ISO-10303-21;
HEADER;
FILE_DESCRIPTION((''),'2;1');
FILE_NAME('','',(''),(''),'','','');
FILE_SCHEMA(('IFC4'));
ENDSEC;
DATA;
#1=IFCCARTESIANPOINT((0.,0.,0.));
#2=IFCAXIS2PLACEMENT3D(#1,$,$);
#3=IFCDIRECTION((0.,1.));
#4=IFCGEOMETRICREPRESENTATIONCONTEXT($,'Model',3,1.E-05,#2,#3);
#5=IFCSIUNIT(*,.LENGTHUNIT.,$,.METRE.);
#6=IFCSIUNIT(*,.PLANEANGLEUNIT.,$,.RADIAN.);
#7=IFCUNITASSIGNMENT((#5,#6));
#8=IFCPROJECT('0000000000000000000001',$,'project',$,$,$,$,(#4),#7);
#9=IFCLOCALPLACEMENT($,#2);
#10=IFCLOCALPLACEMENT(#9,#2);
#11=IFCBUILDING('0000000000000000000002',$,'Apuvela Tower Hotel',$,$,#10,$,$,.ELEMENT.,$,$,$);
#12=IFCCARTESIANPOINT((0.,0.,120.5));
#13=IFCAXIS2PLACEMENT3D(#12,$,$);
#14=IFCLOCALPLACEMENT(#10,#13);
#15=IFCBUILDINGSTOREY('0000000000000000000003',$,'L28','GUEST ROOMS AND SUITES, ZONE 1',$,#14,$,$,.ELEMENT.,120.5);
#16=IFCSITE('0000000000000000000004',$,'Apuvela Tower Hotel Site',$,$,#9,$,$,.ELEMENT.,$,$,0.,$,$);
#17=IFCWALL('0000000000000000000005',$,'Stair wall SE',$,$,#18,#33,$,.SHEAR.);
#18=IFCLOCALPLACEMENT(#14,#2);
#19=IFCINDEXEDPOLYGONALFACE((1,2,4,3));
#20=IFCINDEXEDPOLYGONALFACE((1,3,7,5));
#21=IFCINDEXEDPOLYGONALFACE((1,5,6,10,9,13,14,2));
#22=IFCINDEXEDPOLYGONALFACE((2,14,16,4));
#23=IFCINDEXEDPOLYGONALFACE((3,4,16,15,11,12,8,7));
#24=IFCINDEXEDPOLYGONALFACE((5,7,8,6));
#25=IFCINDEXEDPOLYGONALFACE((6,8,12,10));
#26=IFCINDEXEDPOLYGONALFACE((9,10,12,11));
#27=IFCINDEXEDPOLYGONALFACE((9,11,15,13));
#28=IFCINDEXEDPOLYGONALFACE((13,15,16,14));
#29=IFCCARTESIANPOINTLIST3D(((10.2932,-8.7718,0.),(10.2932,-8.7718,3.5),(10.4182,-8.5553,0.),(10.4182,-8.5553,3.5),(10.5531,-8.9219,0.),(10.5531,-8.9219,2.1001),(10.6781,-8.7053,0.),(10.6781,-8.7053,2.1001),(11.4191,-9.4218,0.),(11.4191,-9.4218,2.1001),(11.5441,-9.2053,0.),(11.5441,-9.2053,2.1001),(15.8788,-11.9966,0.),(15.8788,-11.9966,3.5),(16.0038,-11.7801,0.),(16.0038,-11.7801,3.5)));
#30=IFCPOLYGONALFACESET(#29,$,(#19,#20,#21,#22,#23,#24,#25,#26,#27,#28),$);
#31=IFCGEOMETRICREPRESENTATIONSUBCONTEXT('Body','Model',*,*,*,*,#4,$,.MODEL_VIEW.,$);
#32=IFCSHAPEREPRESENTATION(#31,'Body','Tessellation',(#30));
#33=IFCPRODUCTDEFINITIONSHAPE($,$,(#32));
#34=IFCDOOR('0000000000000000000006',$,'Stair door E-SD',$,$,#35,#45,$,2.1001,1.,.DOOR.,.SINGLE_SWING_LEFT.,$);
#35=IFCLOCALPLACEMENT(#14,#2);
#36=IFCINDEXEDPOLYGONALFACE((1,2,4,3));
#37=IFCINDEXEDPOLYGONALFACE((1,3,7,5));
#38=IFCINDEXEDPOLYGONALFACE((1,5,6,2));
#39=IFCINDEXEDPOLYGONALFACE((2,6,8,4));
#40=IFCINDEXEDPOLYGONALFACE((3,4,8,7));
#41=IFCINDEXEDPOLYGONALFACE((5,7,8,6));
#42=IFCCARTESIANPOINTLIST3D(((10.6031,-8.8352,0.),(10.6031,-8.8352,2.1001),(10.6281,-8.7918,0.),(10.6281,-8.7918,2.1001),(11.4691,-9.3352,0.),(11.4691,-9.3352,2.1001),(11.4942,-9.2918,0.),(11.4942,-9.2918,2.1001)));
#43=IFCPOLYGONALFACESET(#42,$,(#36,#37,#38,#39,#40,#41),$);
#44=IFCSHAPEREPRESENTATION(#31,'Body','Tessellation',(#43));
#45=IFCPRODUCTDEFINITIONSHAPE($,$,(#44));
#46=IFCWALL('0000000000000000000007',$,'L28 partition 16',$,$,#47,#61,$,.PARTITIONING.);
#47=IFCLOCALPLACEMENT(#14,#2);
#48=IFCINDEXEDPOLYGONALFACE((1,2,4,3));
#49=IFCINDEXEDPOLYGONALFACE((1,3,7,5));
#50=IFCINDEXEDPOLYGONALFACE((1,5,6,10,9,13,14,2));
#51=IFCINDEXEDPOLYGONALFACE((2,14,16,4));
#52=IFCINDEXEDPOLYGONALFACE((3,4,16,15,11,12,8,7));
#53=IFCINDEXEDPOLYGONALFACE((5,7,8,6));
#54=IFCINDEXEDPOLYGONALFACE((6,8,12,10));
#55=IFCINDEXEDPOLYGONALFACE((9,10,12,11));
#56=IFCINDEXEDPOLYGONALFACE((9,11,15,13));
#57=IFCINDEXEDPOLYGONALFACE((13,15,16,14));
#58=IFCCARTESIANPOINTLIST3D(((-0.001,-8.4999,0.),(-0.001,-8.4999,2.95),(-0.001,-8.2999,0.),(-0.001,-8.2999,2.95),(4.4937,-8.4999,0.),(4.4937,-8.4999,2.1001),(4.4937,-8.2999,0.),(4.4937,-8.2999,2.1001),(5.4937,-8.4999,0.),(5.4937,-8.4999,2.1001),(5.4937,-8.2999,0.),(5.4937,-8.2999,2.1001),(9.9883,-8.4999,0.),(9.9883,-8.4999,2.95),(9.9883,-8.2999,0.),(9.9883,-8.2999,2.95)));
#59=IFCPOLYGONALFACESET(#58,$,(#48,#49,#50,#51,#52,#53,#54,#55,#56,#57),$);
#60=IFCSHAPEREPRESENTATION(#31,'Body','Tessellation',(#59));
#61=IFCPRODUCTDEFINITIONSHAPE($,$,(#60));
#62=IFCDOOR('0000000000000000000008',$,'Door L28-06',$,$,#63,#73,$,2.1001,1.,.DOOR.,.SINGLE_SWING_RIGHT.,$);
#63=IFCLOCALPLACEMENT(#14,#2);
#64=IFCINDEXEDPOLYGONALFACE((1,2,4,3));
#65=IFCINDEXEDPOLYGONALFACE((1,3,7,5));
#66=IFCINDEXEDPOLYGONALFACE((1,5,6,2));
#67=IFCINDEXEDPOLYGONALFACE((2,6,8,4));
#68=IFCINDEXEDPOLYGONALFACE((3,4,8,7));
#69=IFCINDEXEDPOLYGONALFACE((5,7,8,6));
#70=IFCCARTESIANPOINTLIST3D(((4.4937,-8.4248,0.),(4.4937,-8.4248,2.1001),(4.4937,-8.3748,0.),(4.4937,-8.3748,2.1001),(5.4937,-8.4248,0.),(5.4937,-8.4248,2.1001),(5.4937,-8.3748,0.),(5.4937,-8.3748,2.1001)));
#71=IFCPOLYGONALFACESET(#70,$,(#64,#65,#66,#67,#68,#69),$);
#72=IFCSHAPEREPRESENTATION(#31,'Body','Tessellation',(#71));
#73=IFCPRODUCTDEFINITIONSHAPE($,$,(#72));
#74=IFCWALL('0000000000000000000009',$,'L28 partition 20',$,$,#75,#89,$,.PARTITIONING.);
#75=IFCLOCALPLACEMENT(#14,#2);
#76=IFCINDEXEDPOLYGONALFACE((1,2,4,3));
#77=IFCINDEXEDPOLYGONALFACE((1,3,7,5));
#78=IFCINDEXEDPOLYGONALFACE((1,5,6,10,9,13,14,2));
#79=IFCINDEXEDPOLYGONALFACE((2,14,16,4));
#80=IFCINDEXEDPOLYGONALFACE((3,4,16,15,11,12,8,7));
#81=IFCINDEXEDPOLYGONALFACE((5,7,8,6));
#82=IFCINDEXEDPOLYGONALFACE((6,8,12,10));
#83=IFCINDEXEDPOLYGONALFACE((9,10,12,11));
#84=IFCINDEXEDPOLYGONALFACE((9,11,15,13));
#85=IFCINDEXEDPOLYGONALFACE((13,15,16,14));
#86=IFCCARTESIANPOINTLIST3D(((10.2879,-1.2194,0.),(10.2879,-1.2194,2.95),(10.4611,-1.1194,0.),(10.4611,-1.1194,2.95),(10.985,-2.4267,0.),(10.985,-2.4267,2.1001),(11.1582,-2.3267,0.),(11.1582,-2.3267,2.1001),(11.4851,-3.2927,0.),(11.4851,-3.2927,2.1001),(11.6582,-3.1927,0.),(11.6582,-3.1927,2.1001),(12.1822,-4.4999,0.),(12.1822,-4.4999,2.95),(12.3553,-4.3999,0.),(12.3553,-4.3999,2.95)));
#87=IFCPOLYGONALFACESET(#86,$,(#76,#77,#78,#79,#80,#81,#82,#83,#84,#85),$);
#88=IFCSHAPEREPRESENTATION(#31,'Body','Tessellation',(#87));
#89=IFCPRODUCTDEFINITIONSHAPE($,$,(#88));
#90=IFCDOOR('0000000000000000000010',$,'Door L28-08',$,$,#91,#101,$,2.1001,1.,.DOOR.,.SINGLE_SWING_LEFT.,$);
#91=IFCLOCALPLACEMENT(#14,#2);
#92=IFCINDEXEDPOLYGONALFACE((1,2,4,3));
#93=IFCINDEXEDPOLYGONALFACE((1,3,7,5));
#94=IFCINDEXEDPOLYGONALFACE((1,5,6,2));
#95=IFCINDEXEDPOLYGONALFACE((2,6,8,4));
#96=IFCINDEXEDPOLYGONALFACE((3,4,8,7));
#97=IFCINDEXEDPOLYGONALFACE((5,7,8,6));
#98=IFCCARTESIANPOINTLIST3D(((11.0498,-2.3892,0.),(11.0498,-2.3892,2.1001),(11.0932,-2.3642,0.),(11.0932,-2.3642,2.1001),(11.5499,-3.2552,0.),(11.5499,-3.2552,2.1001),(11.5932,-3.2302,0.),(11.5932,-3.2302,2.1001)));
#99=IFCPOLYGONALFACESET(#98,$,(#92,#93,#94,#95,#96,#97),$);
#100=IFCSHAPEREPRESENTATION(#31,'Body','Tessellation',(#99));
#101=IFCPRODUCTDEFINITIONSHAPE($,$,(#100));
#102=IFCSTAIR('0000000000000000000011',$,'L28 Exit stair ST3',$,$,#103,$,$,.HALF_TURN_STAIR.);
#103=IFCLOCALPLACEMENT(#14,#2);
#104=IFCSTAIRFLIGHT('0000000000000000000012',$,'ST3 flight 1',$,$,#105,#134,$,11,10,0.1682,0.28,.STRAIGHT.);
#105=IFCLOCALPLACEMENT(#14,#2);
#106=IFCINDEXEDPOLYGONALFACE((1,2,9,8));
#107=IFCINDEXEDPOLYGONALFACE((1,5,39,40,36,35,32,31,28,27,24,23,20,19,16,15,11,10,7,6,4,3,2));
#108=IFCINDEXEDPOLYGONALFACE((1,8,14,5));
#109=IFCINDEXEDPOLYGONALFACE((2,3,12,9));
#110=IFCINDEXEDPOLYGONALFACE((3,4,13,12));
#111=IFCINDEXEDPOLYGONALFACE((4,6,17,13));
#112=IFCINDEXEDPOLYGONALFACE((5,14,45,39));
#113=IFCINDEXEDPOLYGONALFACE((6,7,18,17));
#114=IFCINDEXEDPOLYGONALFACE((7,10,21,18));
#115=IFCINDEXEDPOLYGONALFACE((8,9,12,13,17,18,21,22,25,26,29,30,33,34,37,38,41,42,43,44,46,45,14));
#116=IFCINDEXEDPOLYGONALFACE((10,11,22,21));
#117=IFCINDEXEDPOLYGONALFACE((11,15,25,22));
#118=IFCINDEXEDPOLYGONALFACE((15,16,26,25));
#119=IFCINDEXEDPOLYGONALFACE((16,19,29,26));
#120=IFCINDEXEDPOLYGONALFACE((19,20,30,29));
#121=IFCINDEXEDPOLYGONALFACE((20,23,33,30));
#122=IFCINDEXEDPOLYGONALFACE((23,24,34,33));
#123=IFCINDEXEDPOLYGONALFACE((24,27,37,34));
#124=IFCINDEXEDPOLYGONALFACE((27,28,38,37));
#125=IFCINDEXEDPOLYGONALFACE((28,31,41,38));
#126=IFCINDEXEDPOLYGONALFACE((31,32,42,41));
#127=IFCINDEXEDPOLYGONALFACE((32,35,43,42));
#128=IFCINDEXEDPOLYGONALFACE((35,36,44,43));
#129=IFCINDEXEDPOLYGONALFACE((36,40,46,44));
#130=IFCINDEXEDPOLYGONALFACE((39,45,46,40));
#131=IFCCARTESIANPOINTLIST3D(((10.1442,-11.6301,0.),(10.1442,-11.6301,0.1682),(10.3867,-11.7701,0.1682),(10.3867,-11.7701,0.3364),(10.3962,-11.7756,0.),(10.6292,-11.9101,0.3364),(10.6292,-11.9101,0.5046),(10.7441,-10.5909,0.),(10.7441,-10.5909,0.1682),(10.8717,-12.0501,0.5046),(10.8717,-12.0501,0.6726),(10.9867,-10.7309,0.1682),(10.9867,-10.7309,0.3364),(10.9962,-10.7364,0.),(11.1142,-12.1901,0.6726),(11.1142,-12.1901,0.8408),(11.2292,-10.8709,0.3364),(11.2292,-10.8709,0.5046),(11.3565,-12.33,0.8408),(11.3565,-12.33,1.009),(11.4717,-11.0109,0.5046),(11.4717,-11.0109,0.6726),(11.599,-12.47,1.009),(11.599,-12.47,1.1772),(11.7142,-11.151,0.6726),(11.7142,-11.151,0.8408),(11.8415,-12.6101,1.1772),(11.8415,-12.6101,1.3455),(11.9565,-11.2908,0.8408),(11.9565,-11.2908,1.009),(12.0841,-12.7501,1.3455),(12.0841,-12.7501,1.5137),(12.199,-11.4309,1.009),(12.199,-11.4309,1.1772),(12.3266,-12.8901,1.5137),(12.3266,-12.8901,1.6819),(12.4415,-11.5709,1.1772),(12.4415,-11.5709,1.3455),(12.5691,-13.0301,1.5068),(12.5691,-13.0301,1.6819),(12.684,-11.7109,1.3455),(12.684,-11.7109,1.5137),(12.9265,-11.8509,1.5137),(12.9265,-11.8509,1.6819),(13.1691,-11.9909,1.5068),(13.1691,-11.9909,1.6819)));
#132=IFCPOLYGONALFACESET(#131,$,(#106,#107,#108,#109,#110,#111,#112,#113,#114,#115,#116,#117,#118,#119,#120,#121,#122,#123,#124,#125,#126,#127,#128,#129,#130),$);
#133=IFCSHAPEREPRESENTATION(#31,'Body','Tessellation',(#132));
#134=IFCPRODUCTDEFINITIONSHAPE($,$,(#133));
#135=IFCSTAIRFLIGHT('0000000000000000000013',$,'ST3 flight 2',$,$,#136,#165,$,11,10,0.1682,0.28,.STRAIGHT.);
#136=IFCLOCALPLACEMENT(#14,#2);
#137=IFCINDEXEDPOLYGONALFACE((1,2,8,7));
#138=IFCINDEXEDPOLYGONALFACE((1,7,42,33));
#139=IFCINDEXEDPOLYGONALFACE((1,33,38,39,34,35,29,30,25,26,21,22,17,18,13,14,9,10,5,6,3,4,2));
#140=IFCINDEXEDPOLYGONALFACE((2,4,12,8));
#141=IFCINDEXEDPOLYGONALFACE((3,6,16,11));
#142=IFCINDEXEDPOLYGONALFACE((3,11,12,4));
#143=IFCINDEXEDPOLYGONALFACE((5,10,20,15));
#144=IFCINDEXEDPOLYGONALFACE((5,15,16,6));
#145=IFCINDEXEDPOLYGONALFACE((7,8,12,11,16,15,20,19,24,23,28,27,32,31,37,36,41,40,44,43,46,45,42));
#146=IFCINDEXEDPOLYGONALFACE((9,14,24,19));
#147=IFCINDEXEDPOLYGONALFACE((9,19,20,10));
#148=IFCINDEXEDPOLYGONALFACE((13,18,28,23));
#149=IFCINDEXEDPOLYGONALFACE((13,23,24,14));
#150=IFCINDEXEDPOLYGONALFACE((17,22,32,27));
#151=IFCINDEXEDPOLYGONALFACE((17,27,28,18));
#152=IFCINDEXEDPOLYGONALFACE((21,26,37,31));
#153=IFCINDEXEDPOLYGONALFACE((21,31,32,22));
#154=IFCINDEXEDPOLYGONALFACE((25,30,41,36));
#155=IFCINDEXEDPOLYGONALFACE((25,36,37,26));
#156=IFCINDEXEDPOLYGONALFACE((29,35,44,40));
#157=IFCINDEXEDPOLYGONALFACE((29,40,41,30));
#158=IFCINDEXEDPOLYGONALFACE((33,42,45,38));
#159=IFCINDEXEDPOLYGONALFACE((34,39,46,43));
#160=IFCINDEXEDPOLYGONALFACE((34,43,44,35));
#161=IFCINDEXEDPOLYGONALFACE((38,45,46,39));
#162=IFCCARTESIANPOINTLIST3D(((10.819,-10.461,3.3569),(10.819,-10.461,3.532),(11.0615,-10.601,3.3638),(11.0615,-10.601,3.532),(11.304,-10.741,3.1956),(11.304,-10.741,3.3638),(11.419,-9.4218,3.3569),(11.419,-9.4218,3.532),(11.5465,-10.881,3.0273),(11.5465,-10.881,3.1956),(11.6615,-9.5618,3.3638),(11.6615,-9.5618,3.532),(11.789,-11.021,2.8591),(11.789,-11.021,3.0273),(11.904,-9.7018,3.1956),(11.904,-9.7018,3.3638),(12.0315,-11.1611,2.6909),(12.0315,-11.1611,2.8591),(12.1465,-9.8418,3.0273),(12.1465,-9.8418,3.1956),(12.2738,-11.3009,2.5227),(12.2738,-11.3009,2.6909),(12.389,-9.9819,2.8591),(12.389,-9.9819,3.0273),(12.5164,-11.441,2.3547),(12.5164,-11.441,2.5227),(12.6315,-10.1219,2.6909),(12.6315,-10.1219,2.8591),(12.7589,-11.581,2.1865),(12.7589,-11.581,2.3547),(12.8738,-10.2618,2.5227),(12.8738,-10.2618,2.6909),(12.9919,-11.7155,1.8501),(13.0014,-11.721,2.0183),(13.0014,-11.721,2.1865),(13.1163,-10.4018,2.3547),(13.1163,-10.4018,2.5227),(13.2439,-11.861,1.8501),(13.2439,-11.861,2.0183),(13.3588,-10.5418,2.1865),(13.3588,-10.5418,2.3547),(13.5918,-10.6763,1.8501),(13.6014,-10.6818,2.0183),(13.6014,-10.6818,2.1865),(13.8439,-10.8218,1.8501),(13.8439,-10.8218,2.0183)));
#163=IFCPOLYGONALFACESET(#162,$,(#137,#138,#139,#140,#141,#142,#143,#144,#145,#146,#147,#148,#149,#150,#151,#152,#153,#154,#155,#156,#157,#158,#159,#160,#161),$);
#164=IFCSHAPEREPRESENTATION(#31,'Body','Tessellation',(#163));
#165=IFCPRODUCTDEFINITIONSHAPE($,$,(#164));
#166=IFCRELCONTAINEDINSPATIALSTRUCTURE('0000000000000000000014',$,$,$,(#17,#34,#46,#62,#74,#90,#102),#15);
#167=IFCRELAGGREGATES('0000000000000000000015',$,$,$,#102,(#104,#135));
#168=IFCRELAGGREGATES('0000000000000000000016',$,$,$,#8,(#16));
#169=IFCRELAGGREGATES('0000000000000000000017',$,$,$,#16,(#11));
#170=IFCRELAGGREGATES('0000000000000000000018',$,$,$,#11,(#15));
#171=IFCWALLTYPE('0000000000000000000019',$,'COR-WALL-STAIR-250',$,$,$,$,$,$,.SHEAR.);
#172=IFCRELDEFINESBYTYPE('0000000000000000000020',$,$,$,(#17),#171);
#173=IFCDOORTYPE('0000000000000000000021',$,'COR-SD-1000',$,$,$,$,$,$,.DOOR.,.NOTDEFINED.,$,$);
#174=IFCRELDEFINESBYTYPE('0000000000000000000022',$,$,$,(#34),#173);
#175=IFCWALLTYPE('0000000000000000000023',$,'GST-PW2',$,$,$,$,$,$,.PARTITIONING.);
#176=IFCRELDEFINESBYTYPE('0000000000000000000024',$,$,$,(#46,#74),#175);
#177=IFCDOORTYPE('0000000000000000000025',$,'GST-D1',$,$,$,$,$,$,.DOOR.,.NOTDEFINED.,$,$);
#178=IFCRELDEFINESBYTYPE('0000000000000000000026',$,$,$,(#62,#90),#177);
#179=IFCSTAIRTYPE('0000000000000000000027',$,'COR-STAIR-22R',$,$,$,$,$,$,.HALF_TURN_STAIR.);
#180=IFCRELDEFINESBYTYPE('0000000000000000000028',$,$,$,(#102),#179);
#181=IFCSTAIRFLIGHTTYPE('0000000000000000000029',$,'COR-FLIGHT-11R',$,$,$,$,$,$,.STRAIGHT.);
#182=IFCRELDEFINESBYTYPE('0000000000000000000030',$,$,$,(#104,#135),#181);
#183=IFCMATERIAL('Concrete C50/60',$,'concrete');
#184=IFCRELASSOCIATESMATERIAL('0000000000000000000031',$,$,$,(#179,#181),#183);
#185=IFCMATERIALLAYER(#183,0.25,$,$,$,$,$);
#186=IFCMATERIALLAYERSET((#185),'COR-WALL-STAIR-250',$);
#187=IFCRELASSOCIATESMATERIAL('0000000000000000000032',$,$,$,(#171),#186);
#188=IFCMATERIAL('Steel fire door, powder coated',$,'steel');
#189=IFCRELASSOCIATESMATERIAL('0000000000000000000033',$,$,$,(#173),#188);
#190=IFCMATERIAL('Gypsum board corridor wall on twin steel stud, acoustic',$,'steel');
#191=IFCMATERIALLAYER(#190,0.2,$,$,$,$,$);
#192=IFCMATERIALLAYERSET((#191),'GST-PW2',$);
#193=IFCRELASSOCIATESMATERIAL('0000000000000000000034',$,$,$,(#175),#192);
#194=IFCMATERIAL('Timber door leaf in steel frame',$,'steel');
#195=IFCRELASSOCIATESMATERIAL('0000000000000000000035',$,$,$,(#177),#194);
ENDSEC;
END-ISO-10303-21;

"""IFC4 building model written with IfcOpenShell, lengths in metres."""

from ifc_helpers import new_model, si_unit, direction, frame, frame_2d, origin, place, context, subcontext, project, spatial, polyline, rectangle, outline, extrude, material, layer, layer_set, type_object, element, fill, aggregate, save


model = new_model("IFC4")

# Units and contexts
model_context = context("Model", 3, precision=1e-05, world=origin(), true_north=direction((0.0, 1.0)))
body_context = subcontext(model_context, "Body", "Model", "MODEL_VIEW")
ifc_project = project(units=[si_unit("LENGTHUNIT", "METRE"), si_unit("PLANEANGLEUNIT", "RADIAN")], contexts=[model_context])

# Site, building, storey
site_placement = place(None, origin())
site = spatial("IfcSite", under=ifc_project, at=site_placement, Name="Apuvela Tower Hotel Site", CompositionType="ELEMENT", RefElevation=0.0)
building_placement = place(site_placement, origin())
building = spatial("IfcBuilding", under=site, at=building_placement, Name="Apuvela Tower Hotel", CompositionType="ELEMENT")
storey_placement = place(building_placement, frame((0.0, 0.0, 120.5)))
storey = spatial("IfcBuildingStorey", under=building, at=storey_placement, Name="L28", Description="GUEST ROOMS AND SUITES, ZONE 1", CompositionType="ELEMENT", Elevation=120.5)

# Shared definitions
ifc_material_1 = material(Name="Concrete C50/60", Category="concrete")

# Shared definitions
stair_type = type_object("IfcStairType", Name="COR-STAIR-22R", PredefinedType="HALF_TURN_STAIR", material=ifc_material_1)

# Shared definitions
ifc_material_2 = material(Name="Steel fire door, powder coated", Category="steel")

# Walls, openings, doors
ifc_layer_1 = layer(ifc_material_1, 0.25)
ifc_layer_set_1 = layer_set([ifc_layer_1], Name="COR-WALL-STAIR-250")
wall_type_1 = type_object("IfcWallType", Name="COR-WALL-STAIR-250", PredefinedType="SHEAR", material=ifc_layer_set_1)
wall_1_placement = place(storey_placement, frame((10.3557, -8.6636, 0.0), z_axis=(0.0, 0.0, 1.0), x_axis=(0.866029, -0.499994, 0.0)))
wall_1 = element("IfcWall", 1, at=wall_1_placement, inside=storey, type_object=wall_type_1, Name="Stair wall SE", PredefinedType="SHEAR", context=body_context, shape_type="SweptSolid", body=[
    extrude(rectangle(XDim=6.4497, YDim=0.25, at=frame_2d((3.2249, 0.0))), origin(), (0.0, 0.0, 1.0), 3.5),
])
opening_1_placement = place(wall_1_placement, frame((0.3, 0.0, 0.0)))
opening_1 = element("IfcOpeningElement", 2, at=opening_1_placement, cuts=wall_1, PredefinedType="OPENING", context=body_context, shape_type="SweptSolid", body=[
    extrude(rectangle(XDim=1.0, YDim=2.1001, at=frame_2d((0.5, 1.05))), frame((0.0, 0.135, 0.0), z_axis=(0.0, -1.0, 0.0), x_axis=(1.0, 0.0, 0.0)), (0.0, 0.0, 1.0), 0.27),
])
door_type_1 = type_object("IfcDoorType", Name="COR-SD-1000", OperationType="NOTDEFINED", PredefinedType="DOOR", material=ifc_material_2)
door_1_placement = place(opening_1_placement, frame((1.0, 0.0, 0.0), z_axis=(0.0, 0.0, 1.0), x_axis=(-1.0, 0.0, 0.0)))
door_1 = element("IfcDoor", 3, at=door_1_placement, inside=storey, type_object=door_type_1, Name="Stair door E-SD", OperationType="SINGLE_SWING_LEFT", OverallHeight=2.1001, OverallWidth=1.0, PredefinedType="DOOR", context=body_context, shape_type="SweptSolid", body=[
    extrude(rectangle(XDim=1.0, YDim=2.1001, at=frame_2d((0.5, 1.05))), frame((0.0, 0.0249, 0.0), z_axis=(0.0, -1.0, 0.0), x_axis=(1.0, 0.0, 0.0)), (0.0, 0.0, 1.0), 0.05),
])
fill(opening_1, door_1)
ifc_material_3 = material(Name="Gypsum board corridor wall on twin steel stud, acoustic", Category="steel")
ifc_layer_2 = layer(ifc_material_3, 0.2)
ifc_layer_set_2 = layer_set([ifc_layer_2], Name="GST-PW2")
wall_type_2 = type_object("IfcWallType", Name="GST-PW2", PredefinedType="PARTITIONING", material=ifc_layer_set_2)
wall_2_placement = place(storey_placement, frame((9.9883, -8.3999, 0.0), z_axis=(0.0, 0.0, 1.0), x_axis=(-1.0, 0.0, 0.0)))
wall_2 = element("IfcWall", 4, at=wall_2_placement, inside=storey, type_object=wall_type_2, Name="L28 partition 16", PredefinedType="PARTITIONING", context=body_context, shape_type="SweptSolid", body=[
    extrude(rectangle(XDim=9.9893, YDim=0.2, at=frame_2d((4.9946, 0.0))), origin(), (0.0, 0.0, 1.0), 2.95),
])
opening_2_placement = place(wall_2_placement, frame((4.4946, 0.0, 0.0)))
opening_2 = element("IfcOpeningElement", 5, at=opening_2_placement, cuts=wall_2, PredefinedType="OPENING", context=body_context, shape_type="SweptSolid", body=[
    extrude(rectangle(XDim=1.0, YDim=2.1001, at=frame_2d((0.5, 1.05))), frame((0.0, 0.1099, 0.0), z_axis=(0.0, -1.0, 0.0), x_axis=(1.0, 0.0, 0.0)), (0.0, 0.0, 1.0), 0.22),
])
ifc_material_4 = material(Name="Timber door leaf in steel frame", Category="steel")
door_type_2 = type_object("IfcDoorType", Name="GST-D1", OperationType="NOTDEFINED", PredefinedType="DOOR", material=ifc_material_4)
door_2_placement = place(opening_2_placement, origin())
door_2 = element("IfcDoor", 6, at=door_2_placement, inside=storey, type_object=door_type_2, Name="Door L28-06", OperationType="SINGLE_SWING_RIGHT", OverallHeight=2.1001, OverallWidth=1.0, PredefinedType="DOOR", context=body_context, shape_type="SweptSolid", body=[
    extrude(rectangle(XDim=1.0, YDim=2.1001, at=frame_2d((0.5, 1.05))), frame((0.0, 0.0249, 0.0), z_axis=(0.0, -1.0, 0.0), x_axis=(1.0, 0.0, 0.0)), (0.0, 0.0, 1.0), 0.05),
])
fill(opening_2, door_2)
wall_3_placement = place(storey_placement, frame((10.3745, -1.1694, 0.0), z_axis=(0.0, 0.0, 1.0), x_axis=(0.500055, -0.865993, 0.0)))
wall_3 = element("IfcWall", 7, at=wall_3_placement, inside=storey, type_object=wall_type_2, Name="L28 partition 20", PredefinedType="PARTITIONING", context=body_context, shape_type="SweptSolid", body=[
    extrude(rectangle(XDim=3.7881, YDim=0.2, at=frame_2d((1.894, 0.0))), origin(), (0.0, 0.0, 1.0), 2.95),
])
opening_3_placement = place(wall_3_placement, frame((1.394, 0.0, 0.0)))
opening_3 = element("IfcOpeningElement", 8, at=opening_3_placement, cuts=wall_3, PredefinedType="OPENING", context=body_context, shape_type="SweptSolid", body=[
    extrude(rectangle(XDim=1.0, YDim=2.1001, at=frame_2d((0.5, 1.05))), frame((0.0, 0.1099, 0.0), z_axis=(0.0, -1.0, 0.0), x_axis=(1.0, 0.0, 0.0)), (0.0, 0.0, 1.0), 0.22),
])
door_3_placement = place(opening_3_placement, origin())
door_3 = element("IfcDoor", 9, at=door_3_placement, inside=storey, type_object=door_type_2, Name="Door L28-08", OperationType="SINGLE_SWING_LEFT", OverallHeight=2.1001, OverallWidth=1.0, PredefinedType="DOOR", context=body_context, shape_type="SweptSolid", body=[
    extrude(rectangle(XDim=1.0, YDim=2.1001, at=frame_2d((0.5, 1.05))), frame((0.0, 0.0249, 0.0), z_axis=(0.0, -1.0, 0.0), x_axis=(1.0, 0.0, 0.0)), (0.0, 0.0, 1.0), 0.05),
])
fill(opening_3, door_3)

# Stair, stair flights
stair_1_placement = place(storey_placement, origin())
stair_1 = element("IfcStair", 10, at=stair_1_placement, inside=storey, type_object=stair_type, Name="L28 Exit stair ST3", PredefinedType="HALF_TURN_STAIR")
stair_flight_type = type_object("IfcStairFlightType", Name="COR-FLIGHT-11R", PredefinedType="STRAIGHT", material=ifc_material_1)
stair_flight_1_placement = place(storey_placement, frame((10.4441, -11.1106, 0.0), z_axis=(0.0, 0.0, 1.0), x_axis=(0.866025, -0.5, 0.0)))
stair_flight_1 = element("IfcStairFlight", 11, at=stair_flight_1_placement, type_object=stair_flight_type, Name="ST3 flight 1", NumberOfRisers=11, NumberOfTreads=10, PredefinedType="STRAIGHT", RiserHeight=0.1682, TreadLength=0.28, context=body_context, shape_type="SweptSolid", body=[
    extrude(outline(polyline([(0.0, 0.0), (0.0, 0.1682), (0.28, 0.1682), (0.28, 0.3364), (0.5601, 0.3364), (0.5601, 0.5046), (0.8401, 0.5046), (0.8401, 0.6726), (1.1201, 0.6726), (1.1201, 0.8408), (1.3999, 0.8408), (1.3999, 1.009), (1.6799, 1.009), (1.6799, 1.1772), (1.96, 1.1772), (1.96, 1.3455), (2.24, 1.3455), (2.24, 1.5137), (2.52, 1.5137), (2.52, 1.6819), (2.8, 1.6819), (2.8, 1.8501), (2.8, 1.5068), (0.291, 0.0), (0.0, 0.0)])), frame((0.0, 0.6001, 0.0), z_axis=(0.0, -1.0, 0.0), x_axis=(1.0, 0.0, 0.0)), (0.0, 0.0, 1.0), 1.2),
])
stair_flight_2_placement = place(storey_placement, frame((13.5439, -11.3413, 1.8501), z_axis=(0.0, 0.0, 1.0), x_axis=(-0.866025, 0.5, 0.0)))
stair_flight_2 = element("IfcStairFlight", 12, at=stair_flight_2_placement, type_object=stair_flight_type, Name="ST3 flight 2", NumberOfRisers=11, NumberOfTreads=10, PredefinedType="STRAIGHT", RiserHeight=0.1682, TreadLength=0.28, context=body_context, shape_type="SweptSolid", body=[
    extrude(outline(polyline([(0.0, 0.0), (0.0, 0.1682), (0.28, 0.1682), (0.28, 0.3364), (0.5601, 0.3364), (0.5601, 0.5046), (0.8401, 0.5046), (0.8401, 0.6726), (1.1201, 0.6726), (1.1201, 0.8408), (1.3999, 0.8408), (1.3999, 1.009), (1.6799, 1.009), (1.6799, 1.1772), (1.96, 1.1772), (1.96, 1.3455), (2.24, 1.3455), (2.24, 1.5137), (2.52, 1.5137), (2.52, 1.6819), (2.8, 1.6819), (2.8, 1.8501), (2.8, 1.5068), (0.291, 0.0), (0.0, 0.0)])), frame((0.0, 0.6001, 0.0), z_axis=(0.0, -1.0, 0.0), x_axis=(1.0, 0.0, 0.0)), (0.0, 0.0, 1.0), 1.2),
])
aggregate(stair_1, [stair_flight_1, stair_flight_2])

save(model, "model.ifc")
